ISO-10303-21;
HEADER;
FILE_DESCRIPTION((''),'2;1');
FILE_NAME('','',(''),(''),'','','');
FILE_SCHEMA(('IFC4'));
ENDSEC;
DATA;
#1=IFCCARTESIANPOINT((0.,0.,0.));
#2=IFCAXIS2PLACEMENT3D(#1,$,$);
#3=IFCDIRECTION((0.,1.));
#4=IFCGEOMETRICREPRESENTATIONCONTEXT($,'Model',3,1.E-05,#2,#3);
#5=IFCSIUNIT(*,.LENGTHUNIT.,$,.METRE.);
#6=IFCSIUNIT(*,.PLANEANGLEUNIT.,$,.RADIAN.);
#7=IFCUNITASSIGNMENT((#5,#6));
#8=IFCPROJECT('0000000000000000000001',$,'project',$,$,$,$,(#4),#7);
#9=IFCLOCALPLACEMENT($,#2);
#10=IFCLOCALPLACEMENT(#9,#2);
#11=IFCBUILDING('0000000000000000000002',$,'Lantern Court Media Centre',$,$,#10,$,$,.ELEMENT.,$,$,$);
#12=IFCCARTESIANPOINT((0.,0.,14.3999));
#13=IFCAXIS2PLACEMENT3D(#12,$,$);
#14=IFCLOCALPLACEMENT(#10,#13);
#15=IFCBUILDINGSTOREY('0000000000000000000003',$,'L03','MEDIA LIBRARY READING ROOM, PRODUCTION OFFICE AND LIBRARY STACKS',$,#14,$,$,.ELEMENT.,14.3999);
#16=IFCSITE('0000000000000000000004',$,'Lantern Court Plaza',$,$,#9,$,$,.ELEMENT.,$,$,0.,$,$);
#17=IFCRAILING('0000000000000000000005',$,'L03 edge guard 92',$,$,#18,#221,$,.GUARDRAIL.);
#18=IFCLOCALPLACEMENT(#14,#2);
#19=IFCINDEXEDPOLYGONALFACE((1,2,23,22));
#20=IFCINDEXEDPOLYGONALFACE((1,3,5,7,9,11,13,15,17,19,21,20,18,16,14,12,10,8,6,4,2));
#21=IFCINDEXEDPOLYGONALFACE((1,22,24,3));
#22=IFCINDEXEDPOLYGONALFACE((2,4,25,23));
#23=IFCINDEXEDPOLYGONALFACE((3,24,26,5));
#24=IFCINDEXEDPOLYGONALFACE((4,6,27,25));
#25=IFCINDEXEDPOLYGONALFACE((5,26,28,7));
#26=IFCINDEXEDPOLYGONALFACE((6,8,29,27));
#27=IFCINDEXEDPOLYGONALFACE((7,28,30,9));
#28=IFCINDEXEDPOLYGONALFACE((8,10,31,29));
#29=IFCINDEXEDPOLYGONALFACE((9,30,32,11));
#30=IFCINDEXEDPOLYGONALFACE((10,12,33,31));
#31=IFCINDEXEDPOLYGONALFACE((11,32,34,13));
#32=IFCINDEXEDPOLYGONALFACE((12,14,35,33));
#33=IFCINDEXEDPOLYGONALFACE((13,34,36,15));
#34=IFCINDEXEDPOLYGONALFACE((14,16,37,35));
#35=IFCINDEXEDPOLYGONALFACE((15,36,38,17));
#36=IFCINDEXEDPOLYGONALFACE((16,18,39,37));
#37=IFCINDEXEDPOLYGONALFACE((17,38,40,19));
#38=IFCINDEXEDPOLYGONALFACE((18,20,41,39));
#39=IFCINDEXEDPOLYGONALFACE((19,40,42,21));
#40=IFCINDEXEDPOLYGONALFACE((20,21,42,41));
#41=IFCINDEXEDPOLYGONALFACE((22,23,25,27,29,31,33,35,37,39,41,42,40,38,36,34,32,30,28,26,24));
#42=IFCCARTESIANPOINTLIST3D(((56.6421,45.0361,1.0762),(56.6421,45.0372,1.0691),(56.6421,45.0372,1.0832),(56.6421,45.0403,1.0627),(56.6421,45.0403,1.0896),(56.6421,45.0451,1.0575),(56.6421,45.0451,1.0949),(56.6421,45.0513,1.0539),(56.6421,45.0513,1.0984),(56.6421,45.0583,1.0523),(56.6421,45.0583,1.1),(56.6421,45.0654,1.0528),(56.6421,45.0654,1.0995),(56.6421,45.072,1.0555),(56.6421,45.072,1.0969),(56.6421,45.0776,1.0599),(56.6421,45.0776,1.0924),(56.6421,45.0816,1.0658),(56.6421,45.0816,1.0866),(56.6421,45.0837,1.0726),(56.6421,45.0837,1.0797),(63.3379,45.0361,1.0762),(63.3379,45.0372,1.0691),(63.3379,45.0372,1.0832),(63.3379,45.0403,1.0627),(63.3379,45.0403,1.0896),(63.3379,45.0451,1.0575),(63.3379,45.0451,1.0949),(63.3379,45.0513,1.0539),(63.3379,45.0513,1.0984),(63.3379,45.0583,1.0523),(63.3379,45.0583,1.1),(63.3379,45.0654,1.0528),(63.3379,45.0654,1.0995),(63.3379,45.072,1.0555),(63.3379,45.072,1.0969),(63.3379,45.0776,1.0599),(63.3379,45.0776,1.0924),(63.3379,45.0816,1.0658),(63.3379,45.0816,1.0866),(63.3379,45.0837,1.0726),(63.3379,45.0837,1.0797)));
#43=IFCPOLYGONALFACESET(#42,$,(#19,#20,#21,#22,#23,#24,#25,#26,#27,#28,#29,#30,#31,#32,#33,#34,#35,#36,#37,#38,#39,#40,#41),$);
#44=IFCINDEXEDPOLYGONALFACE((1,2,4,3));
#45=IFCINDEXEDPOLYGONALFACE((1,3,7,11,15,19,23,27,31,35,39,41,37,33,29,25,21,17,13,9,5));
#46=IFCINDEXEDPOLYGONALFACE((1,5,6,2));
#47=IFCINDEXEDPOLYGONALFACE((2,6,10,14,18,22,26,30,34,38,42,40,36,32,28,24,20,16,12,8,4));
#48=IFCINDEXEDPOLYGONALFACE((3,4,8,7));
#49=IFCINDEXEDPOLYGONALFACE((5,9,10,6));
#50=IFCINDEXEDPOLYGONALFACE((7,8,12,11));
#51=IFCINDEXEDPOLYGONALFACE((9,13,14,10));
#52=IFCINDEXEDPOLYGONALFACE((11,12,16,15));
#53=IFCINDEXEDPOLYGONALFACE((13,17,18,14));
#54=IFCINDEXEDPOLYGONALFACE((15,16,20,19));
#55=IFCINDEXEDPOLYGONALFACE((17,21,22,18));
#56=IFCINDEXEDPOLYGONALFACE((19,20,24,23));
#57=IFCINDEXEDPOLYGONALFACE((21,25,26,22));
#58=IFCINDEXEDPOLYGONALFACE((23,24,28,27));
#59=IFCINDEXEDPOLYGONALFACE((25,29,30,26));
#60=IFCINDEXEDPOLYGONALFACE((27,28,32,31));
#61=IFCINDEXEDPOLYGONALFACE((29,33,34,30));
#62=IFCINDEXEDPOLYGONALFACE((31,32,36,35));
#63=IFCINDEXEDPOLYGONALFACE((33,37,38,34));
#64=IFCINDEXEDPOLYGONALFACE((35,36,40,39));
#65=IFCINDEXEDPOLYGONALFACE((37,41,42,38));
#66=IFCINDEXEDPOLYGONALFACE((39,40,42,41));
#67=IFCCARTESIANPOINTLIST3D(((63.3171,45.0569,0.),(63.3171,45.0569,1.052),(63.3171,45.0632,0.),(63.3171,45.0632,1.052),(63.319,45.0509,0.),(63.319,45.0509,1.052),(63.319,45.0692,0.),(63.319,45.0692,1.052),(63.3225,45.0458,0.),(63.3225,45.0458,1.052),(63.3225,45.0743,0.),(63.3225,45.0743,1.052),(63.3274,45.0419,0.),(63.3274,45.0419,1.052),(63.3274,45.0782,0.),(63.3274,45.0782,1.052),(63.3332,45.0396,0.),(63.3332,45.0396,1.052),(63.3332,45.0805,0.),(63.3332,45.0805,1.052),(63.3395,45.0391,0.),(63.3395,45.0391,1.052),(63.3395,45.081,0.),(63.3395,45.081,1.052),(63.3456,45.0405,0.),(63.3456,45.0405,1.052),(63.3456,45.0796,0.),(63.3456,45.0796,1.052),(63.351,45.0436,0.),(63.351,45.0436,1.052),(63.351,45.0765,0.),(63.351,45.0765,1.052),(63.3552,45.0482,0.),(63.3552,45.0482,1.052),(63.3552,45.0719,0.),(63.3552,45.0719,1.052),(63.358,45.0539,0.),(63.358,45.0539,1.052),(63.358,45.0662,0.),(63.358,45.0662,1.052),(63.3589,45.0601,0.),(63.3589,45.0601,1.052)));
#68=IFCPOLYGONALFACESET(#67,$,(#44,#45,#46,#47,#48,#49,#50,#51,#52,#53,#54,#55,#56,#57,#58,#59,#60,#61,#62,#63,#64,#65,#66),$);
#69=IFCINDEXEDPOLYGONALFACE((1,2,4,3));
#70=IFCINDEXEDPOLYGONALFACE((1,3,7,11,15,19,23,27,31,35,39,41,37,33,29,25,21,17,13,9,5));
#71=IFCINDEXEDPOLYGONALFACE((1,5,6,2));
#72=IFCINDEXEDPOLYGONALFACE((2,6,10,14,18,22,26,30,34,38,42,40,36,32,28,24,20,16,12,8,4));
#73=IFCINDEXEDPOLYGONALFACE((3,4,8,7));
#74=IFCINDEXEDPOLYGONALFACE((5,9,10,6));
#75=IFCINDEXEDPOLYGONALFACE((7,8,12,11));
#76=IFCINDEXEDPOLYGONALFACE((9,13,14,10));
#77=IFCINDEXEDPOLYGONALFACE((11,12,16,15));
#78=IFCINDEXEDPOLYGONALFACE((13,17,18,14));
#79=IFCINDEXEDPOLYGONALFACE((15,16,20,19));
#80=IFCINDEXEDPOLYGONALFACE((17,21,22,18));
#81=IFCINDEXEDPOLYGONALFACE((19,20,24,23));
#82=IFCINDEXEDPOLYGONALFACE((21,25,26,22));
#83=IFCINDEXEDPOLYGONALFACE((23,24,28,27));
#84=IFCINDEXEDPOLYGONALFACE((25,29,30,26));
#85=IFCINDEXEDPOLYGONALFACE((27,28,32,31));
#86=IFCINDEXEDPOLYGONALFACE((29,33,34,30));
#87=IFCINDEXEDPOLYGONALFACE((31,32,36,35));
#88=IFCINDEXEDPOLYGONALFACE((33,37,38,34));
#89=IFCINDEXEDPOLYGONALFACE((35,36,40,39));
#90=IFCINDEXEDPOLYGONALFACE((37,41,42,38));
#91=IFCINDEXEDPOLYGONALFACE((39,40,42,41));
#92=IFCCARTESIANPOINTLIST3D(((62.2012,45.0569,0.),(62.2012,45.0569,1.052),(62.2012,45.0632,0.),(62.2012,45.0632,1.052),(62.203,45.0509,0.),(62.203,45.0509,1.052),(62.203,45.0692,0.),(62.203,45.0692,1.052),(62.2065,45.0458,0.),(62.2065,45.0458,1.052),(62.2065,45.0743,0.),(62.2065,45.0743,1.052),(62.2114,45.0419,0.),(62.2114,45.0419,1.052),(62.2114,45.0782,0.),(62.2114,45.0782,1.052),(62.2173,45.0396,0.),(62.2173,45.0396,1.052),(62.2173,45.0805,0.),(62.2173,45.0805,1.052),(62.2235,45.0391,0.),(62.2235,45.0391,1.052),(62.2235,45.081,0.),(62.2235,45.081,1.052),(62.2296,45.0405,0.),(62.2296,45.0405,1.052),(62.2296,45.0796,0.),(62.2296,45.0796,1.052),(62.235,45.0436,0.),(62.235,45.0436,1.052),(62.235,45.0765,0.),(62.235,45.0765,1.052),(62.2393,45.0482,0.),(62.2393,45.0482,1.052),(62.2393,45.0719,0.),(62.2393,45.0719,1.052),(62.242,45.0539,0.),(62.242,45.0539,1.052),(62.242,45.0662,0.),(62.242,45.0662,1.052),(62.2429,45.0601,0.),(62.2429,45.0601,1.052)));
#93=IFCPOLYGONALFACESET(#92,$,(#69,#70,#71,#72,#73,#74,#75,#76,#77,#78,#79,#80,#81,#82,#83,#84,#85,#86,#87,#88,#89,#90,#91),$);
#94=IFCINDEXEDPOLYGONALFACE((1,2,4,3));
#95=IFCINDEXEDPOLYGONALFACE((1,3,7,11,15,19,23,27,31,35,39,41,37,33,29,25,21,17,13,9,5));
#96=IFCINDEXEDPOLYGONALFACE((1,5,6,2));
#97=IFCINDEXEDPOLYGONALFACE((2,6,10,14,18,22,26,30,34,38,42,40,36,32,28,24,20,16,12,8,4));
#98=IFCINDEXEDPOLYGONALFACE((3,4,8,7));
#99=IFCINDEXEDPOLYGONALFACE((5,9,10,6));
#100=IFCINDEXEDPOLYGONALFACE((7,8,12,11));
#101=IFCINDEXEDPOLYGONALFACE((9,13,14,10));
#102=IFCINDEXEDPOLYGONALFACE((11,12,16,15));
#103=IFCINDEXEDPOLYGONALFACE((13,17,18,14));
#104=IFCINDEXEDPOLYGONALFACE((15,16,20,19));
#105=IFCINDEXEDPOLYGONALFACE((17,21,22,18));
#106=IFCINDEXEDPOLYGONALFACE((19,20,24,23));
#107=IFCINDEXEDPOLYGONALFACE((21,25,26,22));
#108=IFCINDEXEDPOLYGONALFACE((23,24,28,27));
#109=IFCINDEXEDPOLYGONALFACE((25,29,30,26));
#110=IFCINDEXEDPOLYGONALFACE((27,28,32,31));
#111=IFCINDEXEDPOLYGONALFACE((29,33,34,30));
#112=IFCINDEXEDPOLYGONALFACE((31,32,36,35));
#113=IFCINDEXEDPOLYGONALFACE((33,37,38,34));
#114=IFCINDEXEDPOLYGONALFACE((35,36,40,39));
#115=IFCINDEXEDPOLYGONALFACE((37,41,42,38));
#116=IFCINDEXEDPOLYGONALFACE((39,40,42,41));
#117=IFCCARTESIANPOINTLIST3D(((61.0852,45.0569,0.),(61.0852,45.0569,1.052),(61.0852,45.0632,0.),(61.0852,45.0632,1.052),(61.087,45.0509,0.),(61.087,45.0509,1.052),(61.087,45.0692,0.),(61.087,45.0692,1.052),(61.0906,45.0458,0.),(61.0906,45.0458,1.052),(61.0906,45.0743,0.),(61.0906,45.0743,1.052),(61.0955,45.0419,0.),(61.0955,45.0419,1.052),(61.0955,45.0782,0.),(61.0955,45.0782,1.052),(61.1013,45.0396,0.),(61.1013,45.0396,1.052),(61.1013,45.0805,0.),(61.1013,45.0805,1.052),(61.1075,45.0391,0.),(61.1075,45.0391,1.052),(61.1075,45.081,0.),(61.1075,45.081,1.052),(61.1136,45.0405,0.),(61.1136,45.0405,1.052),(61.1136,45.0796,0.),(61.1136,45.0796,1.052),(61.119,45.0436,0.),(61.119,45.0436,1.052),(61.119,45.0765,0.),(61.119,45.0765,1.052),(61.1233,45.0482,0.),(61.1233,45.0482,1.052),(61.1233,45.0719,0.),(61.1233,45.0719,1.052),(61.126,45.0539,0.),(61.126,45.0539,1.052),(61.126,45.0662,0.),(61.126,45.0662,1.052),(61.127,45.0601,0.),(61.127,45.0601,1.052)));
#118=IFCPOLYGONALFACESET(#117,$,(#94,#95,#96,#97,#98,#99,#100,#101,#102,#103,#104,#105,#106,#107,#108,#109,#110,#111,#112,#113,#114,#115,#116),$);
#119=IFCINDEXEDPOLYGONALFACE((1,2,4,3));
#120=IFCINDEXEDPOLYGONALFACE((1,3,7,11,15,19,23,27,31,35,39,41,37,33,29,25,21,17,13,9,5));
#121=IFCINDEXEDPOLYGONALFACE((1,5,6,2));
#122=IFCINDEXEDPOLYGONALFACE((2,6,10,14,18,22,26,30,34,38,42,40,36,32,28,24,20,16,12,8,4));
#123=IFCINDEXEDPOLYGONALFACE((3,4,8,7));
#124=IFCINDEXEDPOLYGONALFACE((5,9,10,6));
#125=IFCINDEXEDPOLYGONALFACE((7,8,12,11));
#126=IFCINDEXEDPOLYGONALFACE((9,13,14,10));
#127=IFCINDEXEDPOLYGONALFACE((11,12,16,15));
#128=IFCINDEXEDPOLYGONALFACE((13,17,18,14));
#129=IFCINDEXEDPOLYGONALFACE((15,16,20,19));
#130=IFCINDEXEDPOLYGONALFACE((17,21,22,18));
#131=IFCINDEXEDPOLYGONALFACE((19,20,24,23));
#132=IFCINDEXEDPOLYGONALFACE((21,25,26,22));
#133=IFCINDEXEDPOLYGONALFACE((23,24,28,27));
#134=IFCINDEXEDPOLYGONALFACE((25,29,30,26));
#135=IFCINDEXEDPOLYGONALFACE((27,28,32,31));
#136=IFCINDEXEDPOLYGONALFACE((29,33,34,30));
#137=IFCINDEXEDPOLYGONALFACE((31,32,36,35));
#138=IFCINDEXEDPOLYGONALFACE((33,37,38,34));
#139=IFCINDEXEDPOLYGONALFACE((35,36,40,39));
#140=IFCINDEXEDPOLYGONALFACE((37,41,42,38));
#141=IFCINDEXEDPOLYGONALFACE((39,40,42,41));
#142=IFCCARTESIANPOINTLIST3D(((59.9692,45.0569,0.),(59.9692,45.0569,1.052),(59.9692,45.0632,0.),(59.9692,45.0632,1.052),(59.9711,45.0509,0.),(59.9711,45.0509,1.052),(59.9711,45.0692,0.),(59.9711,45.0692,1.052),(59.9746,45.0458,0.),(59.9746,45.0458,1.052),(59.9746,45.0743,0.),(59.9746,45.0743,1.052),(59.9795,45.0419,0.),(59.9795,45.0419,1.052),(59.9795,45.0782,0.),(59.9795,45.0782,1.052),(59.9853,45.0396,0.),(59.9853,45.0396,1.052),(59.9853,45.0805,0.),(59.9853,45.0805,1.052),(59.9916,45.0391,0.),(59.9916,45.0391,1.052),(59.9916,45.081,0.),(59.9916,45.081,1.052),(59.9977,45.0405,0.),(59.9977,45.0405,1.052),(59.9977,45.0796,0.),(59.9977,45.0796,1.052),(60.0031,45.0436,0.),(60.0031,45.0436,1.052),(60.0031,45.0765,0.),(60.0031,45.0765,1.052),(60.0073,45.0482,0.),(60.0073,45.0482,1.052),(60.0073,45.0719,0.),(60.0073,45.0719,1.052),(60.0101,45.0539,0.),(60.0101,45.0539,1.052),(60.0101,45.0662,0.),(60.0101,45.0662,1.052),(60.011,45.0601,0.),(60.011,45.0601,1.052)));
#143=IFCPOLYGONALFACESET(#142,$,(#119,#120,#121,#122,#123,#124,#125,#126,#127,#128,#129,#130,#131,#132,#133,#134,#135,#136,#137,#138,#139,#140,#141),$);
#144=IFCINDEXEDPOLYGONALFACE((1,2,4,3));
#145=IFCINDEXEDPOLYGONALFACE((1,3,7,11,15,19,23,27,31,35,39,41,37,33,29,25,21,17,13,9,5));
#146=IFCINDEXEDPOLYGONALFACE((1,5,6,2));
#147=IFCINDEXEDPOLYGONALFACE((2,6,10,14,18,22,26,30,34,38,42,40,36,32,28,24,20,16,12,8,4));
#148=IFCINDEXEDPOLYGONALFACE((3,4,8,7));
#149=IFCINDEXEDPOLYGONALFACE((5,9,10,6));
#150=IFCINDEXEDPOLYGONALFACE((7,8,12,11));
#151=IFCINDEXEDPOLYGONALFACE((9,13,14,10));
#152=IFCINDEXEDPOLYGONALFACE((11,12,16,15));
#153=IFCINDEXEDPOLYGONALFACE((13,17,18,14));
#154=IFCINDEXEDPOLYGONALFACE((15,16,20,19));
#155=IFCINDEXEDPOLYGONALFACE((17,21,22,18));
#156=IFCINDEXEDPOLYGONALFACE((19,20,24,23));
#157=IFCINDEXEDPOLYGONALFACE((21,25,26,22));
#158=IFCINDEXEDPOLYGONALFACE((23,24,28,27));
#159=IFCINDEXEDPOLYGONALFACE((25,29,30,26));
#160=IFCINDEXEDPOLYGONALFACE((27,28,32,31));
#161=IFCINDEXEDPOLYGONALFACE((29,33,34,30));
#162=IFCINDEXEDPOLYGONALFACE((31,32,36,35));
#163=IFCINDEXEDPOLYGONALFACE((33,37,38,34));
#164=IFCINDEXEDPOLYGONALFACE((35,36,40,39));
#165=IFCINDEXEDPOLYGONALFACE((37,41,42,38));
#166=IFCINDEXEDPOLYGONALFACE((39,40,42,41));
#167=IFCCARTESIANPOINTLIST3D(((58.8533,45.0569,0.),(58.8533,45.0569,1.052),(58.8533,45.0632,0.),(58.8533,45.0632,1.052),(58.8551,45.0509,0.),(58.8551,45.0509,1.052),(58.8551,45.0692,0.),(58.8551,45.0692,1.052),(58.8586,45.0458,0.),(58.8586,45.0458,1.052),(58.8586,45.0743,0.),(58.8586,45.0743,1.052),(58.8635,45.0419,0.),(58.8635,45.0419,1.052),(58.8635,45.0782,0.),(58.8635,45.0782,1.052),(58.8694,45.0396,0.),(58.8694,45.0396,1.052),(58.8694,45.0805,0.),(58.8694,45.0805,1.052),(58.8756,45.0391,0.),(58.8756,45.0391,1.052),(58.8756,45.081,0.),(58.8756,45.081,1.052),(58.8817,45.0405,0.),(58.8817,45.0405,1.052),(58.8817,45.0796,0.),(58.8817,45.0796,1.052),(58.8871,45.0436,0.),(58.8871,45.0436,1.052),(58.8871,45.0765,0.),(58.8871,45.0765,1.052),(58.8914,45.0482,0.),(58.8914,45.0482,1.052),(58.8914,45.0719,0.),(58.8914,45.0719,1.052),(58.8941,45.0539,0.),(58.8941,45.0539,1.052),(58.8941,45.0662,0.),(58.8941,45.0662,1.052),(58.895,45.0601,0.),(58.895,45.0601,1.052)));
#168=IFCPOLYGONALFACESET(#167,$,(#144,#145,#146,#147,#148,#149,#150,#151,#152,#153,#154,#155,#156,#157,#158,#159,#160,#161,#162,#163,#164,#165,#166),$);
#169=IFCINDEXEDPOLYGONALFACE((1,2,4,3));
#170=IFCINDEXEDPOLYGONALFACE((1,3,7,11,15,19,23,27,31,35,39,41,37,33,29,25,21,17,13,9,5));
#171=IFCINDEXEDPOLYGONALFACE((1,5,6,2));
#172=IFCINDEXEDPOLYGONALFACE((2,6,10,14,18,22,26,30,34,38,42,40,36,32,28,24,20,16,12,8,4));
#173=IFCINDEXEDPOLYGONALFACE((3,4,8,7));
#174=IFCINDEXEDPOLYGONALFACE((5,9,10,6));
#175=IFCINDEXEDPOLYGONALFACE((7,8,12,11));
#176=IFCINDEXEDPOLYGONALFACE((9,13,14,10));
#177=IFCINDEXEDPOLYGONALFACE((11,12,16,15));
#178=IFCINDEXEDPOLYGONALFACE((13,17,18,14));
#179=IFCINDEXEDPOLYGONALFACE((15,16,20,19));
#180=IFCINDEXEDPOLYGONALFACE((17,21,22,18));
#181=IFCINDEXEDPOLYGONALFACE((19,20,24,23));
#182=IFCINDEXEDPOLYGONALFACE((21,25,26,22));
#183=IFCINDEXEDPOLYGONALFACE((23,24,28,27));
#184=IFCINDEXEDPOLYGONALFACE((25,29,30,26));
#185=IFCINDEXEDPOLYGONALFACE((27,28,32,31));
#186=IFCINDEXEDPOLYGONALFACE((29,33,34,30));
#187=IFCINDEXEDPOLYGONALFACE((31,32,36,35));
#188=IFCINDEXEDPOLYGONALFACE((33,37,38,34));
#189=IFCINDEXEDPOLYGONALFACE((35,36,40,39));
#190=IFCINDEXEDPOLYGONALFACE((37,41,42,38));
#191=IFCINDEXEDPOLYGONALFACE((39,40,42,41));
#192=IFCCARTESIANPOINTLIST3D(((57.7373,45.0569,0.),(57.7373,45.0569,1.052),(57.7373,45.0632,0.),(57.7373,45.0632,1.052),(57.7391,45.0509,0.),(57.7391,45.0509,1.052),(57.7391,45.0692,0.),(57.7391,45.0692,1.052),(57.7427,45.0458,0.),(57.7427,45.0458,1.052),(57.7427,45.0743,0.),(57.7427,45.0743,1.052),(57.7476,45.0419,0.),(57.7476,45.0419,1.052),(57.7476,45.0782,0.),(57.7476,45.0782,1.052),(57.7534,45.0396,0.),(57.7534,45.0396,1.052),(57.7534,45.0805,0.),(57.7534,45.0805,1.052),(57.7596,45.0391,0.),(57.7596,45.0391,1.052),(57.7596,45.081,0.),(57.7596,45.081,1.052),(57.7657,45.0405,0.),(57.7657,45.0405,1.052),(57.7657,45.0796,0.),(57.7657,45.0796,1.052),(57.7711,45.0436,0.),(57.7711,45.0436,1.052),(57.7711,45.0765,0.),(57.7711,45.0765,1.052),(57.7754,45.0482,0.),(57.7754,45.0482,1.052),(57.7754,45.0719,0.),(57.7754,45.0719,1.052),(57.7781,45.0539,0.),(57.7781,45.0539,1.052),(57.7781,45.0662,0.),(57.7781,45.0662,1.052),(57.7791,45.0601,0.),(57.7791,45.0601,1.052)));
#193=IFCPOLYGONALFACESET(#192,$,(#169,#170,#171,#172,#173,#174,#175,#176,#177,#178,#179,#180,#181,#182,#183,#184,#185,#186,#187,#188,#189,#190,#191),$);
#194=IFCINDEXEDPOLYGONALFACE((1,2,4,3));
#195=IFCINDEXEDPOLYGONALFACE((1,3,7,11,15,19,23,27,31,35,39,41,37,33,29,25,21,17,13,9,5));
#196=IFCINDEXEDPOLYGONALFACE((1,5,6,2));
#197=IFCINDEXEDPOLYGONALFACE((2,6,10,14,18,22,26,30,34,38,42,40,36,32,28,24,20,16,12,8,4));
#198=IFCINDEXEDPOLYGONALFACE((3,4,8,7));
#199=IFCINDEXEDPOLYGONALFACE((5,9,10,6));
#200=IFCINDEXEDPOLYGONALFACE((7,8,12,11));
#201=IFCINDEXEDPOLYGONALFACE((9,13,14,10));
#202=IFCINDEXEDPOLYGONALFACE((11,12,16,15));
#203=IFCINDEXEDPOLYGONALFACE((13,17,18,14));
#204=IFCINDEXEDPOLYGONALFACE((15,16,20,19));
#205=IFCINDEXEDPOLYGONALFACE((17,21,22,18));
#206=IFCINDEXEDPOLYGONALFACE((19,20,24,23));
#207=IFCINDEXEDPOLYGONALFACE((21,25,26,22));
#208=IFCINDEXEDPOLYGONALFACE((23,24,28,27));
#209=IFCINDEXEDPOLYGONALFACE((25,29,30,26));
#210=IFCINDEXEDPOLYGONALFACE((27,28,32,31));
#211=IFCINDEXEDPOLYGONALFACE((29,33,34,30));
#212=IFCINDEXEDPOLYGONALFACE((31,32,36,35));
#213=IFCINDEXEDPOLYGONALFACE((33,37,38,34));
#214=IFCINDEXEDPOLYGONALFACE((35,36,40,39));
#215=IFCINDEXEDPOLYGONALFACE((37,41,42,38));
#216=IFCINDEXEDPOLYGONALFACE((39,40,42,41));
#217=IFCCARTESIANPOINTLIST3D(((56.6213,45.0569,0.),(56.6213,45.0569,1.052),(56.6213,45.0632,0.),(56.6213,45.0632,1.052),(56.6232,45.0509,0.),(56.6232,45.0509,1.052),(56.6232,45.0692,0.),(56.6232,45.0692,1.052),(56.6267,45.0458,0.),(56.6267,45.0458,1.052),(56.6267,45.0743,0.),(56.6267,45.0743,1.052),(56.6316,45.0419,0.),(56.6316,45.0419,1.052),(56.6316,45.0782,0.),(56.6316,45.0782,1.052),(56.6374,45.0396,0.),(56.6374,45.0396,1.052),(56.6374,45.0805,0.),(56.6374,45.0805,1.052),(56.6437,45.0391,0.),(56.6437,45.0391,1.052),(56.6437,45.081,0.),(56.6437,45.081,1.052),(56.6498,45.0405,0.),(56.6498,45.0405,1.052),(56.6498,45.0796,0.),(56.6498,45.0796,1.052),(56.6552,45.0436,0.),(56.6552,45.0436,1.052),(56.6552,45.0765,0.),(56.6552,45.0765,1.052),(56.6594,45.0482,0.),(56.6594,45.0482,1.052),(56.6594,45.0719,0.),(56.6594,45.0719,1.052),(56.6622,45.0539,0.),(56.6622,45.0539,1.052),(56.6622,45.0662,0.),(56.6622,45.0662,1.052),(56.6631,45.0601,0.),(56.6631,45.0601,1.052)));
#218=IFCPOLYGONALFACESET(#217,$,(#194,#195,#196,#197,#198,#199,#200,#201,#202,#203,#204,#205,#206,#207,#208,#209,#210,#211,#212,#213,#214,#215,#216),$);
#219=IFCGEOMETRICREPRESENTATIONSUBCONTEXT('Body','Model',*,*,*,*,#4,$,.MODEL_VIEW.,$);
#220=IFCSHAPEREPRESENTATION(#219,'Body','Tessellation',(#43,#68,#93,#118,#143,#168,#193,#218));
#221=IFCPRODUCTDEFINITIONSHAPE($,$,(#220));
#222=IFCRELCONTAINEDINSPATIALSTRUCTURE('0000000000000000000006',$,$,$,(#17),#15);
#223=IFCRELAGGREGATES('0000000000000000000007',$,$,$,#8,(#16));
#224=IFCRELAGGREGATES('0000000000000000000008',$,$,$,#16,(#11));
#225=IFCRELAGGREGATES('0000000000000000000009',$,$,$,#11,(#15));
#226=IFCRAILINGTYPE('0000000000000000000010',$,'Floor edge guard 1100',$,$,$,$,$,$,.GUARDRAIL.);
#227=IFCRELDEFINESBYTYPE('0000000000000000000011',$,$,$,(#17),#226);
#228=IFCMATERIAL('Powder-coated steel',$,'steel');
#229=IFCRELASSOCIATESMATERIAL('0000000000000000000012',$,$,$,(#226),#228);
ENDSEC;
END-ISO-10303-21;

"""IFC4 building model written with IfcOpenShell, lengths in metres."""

from ifc_helpers import new_model, si_unit, direction, frame, origin, origin_2d, place, context, subcontext, project, spatial, circle, extrude, material, type_object, element, save


model = new_model("IFC4")

# Units and contexts
model_context = context("Model", 3, precision=1e-05, world=origin(), true_north=direction((0.0, 1.0)))
body_context = subcontext(model_context, "Body", "Model", "MODEL_VIEW")
ifc_project = project(units=[si_unit("LENGTHUNIT", "METRE"), si_unit("PLANEANGLEUNIT", "RADIAN")], contexts=[model_context])

# Site, building, storey
site_placement = place(None, origin())
site = spatial("IfcSite", under=ifc_project, at=site_placement, Name="Lantern Court Plaza", CompositionType="ELEMENT", RefElevation=0.0)
building_placement = place(site_placement, origin())
building = spatial("IfcBuilding", under=site, at=building_placement, Name="Lantern Court Media Centre", CompositionType="ELEMENT")
storey_placement = place(building_placement, frame((0.0, 0.0, 14.3999)))
storey = spatial("IfcBuildingStorey", under=building, at=storey_placement, Name="L03", Description="MEDIA LIBRARY READING ROOM, PRODUCTION OFFICE AND LIBRARY STACKS", CompositionType="ELEMENT", Elevation=14.3999)

# Railing
ifc_material_1 = material(Name="Powder-coated steel", Category="steel")
railing_type = type_object("IfcRailingType", Name="Floor edge guard 1100", PredefinedType="GUARDRAIL", material=ifc_material_1)
railing_1_placement = place(storey_placement, frame((63.3379, 45.0601, 0.0)))
element("IfcRailing", 1, at=railing_1_placement, inside=storey, type_object=railing_type, Name="L03 edge guard 92", PredefinedType="GUARDRAIL", context=body_context, shape_type="SweptSolid", body=[
    extrude(circle(Radius=0.0239, at=origin_2d()), frame((0.0, 0.0, 1.0762), z_axis=(-1.0, 0.0, 0.0), x_axis=(0.0, -1.0, 0.0)), (0.0, 0.0, 1.0), 6.6958),
    extrude(circle(Radius=0.021, at=origin_2d()), origin(), (0.0, 0.0, 1.0), 1.052),
    extrude(circle(Radius=0.021, at=origin_2d()), frame((-1.116, 0.0, 0.0)), (0.0, 0.0, 1.0), 1.052),
    extrude(circle(Radius=0.021, at=origin_2d()), frame((-2.2319, 0.0, 0.0)), (0.0, 0.0, 1.0), 1.052),
    extrude(circle(Radius=0.021, at=origin_2d()), frame((-3.3479, 0.0, 0.0)), (0.0, 0.0, 1.0), 1.052),
    extrude(circle(Radius=0.021, at=origin_2d()), frame((-4.4639, 0.0, 0.0)), (0.0, 0.0, 1.0), 1.052),
    extrude(circle(Radius=0.021, at=origin_2d()), frame((-5.5798, 0.0, 0.0)), (0.0, 0.0, 1.0), 1.052),
    extrude(circle(Radius=0.021, at=origin_2d()), frame((-6.6958, 0.0, 0.0)), (0.0, 0.0, 1.0), 1.052),
])

save(model, "model.ifc")
